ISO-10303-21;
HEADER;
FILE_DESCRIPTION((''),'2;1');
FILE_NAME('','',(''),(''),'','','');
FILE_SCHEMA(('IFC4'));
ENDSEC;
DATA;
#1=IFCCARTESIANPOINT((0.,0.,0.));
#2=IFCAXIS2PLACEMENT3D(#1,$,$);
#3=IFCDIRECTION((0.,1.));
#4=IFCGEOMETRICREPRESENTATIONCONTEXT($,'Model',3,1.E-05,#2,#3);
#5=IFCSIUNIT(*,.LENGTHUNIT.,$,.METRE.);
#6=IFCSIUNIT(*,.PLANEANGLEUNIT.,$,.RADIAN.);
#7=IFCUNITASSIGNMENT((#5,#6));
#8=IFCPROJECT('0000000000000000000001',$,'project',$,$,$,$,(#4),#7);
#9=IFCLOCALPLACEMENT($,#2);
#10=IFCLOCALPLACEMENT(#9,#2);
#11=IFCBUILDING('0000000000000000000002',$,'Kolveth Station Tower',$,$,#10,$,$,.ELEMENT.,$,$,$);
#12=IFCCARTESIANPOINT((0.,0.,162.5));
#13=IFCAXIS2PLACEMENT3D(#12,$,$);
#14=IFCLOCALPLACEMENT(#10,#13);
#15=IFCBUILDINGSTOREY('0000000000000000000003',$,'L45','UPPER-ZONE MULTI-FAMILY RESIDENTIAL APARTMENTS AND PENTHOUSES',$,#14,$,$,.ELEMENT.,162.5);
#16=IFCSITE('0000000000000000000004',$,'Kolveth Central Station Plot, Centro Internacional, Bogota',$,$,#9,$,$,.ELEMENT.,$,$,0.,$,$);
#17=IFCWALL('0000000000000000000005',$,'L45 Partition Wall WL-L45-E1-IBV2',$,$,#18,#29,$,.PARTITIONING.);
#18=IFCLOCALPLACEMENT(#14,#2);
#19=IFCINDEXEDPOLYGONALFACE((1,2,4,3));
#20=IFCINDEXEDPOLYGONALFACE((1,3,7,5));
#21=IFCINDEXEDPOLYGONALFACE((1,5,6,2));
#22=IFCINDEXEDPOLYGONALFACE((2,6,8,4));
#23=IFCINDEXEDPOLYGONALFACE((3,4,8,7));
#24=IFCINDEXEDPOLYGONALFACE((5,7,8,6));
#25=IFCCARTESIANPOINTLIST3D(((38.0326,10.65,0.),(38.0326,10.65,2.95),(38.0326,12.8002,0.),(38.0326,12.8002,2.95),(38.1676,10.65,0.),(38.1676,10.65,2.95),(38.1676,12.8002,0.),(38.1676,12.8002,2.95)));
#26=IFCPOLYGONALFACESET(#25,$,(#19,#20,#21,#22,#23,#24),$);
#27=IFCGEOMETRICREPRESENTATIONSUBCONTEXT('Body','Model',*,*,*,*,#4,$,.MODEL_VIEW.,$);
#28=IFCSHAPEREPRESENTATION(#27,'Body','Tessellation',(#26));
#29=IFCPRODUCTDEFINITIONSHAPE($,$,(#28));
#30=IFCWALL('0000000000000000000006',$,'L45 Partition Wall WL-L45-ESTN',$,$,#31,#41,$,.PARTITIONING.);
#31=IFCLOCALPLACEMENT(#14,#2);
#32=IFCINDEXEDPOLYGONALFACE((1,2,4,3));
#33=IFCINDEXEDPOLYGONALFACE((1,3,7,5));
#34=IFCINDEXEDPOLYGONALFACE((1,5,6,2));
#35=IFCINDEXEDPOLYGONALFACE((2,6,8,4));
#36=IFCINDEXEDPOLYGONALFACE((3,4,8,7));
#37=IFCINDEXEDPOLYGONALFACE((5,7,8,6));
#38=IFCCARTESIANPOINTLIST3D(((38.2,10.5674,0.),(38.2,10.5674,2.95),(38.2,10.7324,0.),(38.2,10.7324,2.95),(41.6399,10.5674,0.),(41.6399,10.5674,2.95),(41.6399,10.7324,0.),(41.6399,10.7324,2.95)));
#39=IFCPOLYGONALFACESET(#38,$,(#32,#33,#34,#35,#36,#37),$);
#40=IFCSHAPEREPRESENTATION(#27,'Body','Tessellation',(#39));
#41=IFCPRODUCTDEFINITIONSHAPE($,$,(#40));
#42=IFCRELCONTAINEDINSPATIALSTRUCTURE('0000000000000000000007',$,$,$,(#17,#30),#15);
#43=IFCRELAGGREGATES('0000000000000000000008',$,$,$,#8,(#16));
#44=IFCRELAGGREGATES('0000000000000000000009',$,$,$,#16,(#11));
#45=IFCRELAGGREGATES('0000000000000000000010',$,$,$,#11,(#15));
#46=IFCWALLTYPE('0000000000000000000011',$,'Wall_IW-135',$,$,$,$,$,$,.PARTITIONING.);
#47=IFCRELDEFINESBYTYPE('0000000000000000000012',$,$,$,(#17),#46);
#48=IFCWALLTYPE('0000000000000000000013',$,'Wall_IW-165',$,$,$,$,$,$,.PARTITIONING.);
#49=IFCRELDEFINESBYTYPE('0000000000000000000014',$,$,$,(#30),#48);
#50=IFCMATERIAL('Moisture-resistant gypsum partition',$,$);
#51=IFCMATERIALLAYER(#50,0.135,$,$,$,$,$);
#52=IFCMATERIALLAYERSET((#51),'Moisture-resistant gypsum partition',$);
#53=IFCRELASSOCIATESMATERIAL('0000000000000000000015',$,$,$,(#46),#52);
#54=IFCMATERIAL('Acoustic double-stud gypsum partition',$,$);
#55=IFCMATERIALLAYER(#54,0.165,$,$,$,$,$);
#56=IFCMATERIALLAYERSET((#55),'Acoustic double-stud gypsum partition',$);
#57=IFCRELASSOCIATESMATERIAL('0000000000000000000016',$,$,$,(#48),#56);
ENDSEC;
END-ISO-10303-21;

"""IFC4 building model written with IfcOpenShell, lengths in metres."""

from ifc_helpers import new_model, si_unit, direction, frame, frame_2d, origin, place, context, subcontext, project, spatial, rectangle, extrude, material, layer, layer_set, type_object, element, save


model = new_model("IFC4")

# Units and contexts
model_context = context("Model", 3, precision=1e-05, world=origin(), true_north=direction((0.0, 1.0)))
body_context = subcontext(model_context, "Body", "Model", "MODEL_VIEW")
ifc_project = project(units=[si_unit("LENGTHUNIT", "METRE"), si_unit("PLANEANGLEUNIT", "RADIAN")], contexts=[model_context])

# Site, building, storey
site_placement = place(None, origin())
site = spatial("IfcSite", under=ifc_project, at=site_placement, Name="Kolveth Central Station Plot, Centro Internacional, Bogota", CompositionType="ELEMENT", RefElevation=0.0)
building_placement = place(site_placement, origin())
building = spatial("IfcBuilding", under=site, at=building_placement, Name="Kolveth Station Tower", CompositionType="ELEMENT")
storey_placement = place(building_placement, frame((0.0, 0.0, 162.5)))
storey = spatial("IfcBuildingStorey", under=building, at=storey_placement, Name="L45", Description="UPPER-ZONE MULTI-FAMILY RESIDENTIAL APARTMENTS AND PENTHOUSES", CompositionType="ELEMENT", Elevation=162.5)

# Shared definitions
ifc_material_1 = material(Name="Moisture-resistant gypsum partition")
ifc_layer_1 = layer(ifc_material_1, 0.135)
ifc_layer_set_1 = layer_set([ifc_layer_1], Name="Moisture-resistant gypsum partition")
wall_type_1 = type_object("IfcWallType", Name="Wall_IW-135", PredefinedType="PARTITIONING", material=ifc_layer_set_1)

# Wall
for number, where, z_axis, x_axis, name in (
    (1, (38.1001, 10.6499, 0.0), (0.0, 0.0, 1.0), (0.0, 1.0, 0.0), "L45 Partition Wall WL-L45-E1-IBV2"),
):
    element("IfcWall", number, at=place(storey_placement, frame(where, z_axis=z_axis, x_axis=x_axis)), inside=storey, type_object=wall_type_1, Name=name, PredefinedType="PARTITIONING", context=body_context, shape_type="SweptSolid", body=[
        extrude(rectangle(XDim=2.1501, YDim=0.135, at=frame_2d((1.0752, 0.0))), origin(), (0.0, 0.0, 1.0), 2.95),
    ])

# Shared definitions
ifc_material_2 = material(Name="Acoustic double-stud gypsum partition")
ifc_layer_2 = layer(ifc_material_2, 0.165)
ifc_layer_set_2 = layer_set([ifc_layer_2], Name="Acoustic double-stud gypsum partition")
wall_type_2 = type_object("IfcWallType", Name="Wall_IW-165", PredefinedType="PARTITIONING", material=ifc_layer_set_2)

# Wall
wall_1_placement = place(storey_placement, frame((38.2, 10.6499, 0.0), z_axis=(0.0, 0.0, 1.0), x_axis=(1.0, 0.0, 0.0)))
element("IfcWall", 2, at=wall_1_placement, inside=storey, type_object=wall_type_2, Name="L45 Partition Wall WL-L45-ESTN", PredefinedType="PARTITIONING", context=body_context, shape_type="SweptSolid", body=[
    extrude(rectangle(XDim=3.4399, YDim=0.165, at=frame_2d((1.72, 0.0))), origin(), (0.0, 0.0, 1.0), 2.95),
])

save(model, "model.ifc")
